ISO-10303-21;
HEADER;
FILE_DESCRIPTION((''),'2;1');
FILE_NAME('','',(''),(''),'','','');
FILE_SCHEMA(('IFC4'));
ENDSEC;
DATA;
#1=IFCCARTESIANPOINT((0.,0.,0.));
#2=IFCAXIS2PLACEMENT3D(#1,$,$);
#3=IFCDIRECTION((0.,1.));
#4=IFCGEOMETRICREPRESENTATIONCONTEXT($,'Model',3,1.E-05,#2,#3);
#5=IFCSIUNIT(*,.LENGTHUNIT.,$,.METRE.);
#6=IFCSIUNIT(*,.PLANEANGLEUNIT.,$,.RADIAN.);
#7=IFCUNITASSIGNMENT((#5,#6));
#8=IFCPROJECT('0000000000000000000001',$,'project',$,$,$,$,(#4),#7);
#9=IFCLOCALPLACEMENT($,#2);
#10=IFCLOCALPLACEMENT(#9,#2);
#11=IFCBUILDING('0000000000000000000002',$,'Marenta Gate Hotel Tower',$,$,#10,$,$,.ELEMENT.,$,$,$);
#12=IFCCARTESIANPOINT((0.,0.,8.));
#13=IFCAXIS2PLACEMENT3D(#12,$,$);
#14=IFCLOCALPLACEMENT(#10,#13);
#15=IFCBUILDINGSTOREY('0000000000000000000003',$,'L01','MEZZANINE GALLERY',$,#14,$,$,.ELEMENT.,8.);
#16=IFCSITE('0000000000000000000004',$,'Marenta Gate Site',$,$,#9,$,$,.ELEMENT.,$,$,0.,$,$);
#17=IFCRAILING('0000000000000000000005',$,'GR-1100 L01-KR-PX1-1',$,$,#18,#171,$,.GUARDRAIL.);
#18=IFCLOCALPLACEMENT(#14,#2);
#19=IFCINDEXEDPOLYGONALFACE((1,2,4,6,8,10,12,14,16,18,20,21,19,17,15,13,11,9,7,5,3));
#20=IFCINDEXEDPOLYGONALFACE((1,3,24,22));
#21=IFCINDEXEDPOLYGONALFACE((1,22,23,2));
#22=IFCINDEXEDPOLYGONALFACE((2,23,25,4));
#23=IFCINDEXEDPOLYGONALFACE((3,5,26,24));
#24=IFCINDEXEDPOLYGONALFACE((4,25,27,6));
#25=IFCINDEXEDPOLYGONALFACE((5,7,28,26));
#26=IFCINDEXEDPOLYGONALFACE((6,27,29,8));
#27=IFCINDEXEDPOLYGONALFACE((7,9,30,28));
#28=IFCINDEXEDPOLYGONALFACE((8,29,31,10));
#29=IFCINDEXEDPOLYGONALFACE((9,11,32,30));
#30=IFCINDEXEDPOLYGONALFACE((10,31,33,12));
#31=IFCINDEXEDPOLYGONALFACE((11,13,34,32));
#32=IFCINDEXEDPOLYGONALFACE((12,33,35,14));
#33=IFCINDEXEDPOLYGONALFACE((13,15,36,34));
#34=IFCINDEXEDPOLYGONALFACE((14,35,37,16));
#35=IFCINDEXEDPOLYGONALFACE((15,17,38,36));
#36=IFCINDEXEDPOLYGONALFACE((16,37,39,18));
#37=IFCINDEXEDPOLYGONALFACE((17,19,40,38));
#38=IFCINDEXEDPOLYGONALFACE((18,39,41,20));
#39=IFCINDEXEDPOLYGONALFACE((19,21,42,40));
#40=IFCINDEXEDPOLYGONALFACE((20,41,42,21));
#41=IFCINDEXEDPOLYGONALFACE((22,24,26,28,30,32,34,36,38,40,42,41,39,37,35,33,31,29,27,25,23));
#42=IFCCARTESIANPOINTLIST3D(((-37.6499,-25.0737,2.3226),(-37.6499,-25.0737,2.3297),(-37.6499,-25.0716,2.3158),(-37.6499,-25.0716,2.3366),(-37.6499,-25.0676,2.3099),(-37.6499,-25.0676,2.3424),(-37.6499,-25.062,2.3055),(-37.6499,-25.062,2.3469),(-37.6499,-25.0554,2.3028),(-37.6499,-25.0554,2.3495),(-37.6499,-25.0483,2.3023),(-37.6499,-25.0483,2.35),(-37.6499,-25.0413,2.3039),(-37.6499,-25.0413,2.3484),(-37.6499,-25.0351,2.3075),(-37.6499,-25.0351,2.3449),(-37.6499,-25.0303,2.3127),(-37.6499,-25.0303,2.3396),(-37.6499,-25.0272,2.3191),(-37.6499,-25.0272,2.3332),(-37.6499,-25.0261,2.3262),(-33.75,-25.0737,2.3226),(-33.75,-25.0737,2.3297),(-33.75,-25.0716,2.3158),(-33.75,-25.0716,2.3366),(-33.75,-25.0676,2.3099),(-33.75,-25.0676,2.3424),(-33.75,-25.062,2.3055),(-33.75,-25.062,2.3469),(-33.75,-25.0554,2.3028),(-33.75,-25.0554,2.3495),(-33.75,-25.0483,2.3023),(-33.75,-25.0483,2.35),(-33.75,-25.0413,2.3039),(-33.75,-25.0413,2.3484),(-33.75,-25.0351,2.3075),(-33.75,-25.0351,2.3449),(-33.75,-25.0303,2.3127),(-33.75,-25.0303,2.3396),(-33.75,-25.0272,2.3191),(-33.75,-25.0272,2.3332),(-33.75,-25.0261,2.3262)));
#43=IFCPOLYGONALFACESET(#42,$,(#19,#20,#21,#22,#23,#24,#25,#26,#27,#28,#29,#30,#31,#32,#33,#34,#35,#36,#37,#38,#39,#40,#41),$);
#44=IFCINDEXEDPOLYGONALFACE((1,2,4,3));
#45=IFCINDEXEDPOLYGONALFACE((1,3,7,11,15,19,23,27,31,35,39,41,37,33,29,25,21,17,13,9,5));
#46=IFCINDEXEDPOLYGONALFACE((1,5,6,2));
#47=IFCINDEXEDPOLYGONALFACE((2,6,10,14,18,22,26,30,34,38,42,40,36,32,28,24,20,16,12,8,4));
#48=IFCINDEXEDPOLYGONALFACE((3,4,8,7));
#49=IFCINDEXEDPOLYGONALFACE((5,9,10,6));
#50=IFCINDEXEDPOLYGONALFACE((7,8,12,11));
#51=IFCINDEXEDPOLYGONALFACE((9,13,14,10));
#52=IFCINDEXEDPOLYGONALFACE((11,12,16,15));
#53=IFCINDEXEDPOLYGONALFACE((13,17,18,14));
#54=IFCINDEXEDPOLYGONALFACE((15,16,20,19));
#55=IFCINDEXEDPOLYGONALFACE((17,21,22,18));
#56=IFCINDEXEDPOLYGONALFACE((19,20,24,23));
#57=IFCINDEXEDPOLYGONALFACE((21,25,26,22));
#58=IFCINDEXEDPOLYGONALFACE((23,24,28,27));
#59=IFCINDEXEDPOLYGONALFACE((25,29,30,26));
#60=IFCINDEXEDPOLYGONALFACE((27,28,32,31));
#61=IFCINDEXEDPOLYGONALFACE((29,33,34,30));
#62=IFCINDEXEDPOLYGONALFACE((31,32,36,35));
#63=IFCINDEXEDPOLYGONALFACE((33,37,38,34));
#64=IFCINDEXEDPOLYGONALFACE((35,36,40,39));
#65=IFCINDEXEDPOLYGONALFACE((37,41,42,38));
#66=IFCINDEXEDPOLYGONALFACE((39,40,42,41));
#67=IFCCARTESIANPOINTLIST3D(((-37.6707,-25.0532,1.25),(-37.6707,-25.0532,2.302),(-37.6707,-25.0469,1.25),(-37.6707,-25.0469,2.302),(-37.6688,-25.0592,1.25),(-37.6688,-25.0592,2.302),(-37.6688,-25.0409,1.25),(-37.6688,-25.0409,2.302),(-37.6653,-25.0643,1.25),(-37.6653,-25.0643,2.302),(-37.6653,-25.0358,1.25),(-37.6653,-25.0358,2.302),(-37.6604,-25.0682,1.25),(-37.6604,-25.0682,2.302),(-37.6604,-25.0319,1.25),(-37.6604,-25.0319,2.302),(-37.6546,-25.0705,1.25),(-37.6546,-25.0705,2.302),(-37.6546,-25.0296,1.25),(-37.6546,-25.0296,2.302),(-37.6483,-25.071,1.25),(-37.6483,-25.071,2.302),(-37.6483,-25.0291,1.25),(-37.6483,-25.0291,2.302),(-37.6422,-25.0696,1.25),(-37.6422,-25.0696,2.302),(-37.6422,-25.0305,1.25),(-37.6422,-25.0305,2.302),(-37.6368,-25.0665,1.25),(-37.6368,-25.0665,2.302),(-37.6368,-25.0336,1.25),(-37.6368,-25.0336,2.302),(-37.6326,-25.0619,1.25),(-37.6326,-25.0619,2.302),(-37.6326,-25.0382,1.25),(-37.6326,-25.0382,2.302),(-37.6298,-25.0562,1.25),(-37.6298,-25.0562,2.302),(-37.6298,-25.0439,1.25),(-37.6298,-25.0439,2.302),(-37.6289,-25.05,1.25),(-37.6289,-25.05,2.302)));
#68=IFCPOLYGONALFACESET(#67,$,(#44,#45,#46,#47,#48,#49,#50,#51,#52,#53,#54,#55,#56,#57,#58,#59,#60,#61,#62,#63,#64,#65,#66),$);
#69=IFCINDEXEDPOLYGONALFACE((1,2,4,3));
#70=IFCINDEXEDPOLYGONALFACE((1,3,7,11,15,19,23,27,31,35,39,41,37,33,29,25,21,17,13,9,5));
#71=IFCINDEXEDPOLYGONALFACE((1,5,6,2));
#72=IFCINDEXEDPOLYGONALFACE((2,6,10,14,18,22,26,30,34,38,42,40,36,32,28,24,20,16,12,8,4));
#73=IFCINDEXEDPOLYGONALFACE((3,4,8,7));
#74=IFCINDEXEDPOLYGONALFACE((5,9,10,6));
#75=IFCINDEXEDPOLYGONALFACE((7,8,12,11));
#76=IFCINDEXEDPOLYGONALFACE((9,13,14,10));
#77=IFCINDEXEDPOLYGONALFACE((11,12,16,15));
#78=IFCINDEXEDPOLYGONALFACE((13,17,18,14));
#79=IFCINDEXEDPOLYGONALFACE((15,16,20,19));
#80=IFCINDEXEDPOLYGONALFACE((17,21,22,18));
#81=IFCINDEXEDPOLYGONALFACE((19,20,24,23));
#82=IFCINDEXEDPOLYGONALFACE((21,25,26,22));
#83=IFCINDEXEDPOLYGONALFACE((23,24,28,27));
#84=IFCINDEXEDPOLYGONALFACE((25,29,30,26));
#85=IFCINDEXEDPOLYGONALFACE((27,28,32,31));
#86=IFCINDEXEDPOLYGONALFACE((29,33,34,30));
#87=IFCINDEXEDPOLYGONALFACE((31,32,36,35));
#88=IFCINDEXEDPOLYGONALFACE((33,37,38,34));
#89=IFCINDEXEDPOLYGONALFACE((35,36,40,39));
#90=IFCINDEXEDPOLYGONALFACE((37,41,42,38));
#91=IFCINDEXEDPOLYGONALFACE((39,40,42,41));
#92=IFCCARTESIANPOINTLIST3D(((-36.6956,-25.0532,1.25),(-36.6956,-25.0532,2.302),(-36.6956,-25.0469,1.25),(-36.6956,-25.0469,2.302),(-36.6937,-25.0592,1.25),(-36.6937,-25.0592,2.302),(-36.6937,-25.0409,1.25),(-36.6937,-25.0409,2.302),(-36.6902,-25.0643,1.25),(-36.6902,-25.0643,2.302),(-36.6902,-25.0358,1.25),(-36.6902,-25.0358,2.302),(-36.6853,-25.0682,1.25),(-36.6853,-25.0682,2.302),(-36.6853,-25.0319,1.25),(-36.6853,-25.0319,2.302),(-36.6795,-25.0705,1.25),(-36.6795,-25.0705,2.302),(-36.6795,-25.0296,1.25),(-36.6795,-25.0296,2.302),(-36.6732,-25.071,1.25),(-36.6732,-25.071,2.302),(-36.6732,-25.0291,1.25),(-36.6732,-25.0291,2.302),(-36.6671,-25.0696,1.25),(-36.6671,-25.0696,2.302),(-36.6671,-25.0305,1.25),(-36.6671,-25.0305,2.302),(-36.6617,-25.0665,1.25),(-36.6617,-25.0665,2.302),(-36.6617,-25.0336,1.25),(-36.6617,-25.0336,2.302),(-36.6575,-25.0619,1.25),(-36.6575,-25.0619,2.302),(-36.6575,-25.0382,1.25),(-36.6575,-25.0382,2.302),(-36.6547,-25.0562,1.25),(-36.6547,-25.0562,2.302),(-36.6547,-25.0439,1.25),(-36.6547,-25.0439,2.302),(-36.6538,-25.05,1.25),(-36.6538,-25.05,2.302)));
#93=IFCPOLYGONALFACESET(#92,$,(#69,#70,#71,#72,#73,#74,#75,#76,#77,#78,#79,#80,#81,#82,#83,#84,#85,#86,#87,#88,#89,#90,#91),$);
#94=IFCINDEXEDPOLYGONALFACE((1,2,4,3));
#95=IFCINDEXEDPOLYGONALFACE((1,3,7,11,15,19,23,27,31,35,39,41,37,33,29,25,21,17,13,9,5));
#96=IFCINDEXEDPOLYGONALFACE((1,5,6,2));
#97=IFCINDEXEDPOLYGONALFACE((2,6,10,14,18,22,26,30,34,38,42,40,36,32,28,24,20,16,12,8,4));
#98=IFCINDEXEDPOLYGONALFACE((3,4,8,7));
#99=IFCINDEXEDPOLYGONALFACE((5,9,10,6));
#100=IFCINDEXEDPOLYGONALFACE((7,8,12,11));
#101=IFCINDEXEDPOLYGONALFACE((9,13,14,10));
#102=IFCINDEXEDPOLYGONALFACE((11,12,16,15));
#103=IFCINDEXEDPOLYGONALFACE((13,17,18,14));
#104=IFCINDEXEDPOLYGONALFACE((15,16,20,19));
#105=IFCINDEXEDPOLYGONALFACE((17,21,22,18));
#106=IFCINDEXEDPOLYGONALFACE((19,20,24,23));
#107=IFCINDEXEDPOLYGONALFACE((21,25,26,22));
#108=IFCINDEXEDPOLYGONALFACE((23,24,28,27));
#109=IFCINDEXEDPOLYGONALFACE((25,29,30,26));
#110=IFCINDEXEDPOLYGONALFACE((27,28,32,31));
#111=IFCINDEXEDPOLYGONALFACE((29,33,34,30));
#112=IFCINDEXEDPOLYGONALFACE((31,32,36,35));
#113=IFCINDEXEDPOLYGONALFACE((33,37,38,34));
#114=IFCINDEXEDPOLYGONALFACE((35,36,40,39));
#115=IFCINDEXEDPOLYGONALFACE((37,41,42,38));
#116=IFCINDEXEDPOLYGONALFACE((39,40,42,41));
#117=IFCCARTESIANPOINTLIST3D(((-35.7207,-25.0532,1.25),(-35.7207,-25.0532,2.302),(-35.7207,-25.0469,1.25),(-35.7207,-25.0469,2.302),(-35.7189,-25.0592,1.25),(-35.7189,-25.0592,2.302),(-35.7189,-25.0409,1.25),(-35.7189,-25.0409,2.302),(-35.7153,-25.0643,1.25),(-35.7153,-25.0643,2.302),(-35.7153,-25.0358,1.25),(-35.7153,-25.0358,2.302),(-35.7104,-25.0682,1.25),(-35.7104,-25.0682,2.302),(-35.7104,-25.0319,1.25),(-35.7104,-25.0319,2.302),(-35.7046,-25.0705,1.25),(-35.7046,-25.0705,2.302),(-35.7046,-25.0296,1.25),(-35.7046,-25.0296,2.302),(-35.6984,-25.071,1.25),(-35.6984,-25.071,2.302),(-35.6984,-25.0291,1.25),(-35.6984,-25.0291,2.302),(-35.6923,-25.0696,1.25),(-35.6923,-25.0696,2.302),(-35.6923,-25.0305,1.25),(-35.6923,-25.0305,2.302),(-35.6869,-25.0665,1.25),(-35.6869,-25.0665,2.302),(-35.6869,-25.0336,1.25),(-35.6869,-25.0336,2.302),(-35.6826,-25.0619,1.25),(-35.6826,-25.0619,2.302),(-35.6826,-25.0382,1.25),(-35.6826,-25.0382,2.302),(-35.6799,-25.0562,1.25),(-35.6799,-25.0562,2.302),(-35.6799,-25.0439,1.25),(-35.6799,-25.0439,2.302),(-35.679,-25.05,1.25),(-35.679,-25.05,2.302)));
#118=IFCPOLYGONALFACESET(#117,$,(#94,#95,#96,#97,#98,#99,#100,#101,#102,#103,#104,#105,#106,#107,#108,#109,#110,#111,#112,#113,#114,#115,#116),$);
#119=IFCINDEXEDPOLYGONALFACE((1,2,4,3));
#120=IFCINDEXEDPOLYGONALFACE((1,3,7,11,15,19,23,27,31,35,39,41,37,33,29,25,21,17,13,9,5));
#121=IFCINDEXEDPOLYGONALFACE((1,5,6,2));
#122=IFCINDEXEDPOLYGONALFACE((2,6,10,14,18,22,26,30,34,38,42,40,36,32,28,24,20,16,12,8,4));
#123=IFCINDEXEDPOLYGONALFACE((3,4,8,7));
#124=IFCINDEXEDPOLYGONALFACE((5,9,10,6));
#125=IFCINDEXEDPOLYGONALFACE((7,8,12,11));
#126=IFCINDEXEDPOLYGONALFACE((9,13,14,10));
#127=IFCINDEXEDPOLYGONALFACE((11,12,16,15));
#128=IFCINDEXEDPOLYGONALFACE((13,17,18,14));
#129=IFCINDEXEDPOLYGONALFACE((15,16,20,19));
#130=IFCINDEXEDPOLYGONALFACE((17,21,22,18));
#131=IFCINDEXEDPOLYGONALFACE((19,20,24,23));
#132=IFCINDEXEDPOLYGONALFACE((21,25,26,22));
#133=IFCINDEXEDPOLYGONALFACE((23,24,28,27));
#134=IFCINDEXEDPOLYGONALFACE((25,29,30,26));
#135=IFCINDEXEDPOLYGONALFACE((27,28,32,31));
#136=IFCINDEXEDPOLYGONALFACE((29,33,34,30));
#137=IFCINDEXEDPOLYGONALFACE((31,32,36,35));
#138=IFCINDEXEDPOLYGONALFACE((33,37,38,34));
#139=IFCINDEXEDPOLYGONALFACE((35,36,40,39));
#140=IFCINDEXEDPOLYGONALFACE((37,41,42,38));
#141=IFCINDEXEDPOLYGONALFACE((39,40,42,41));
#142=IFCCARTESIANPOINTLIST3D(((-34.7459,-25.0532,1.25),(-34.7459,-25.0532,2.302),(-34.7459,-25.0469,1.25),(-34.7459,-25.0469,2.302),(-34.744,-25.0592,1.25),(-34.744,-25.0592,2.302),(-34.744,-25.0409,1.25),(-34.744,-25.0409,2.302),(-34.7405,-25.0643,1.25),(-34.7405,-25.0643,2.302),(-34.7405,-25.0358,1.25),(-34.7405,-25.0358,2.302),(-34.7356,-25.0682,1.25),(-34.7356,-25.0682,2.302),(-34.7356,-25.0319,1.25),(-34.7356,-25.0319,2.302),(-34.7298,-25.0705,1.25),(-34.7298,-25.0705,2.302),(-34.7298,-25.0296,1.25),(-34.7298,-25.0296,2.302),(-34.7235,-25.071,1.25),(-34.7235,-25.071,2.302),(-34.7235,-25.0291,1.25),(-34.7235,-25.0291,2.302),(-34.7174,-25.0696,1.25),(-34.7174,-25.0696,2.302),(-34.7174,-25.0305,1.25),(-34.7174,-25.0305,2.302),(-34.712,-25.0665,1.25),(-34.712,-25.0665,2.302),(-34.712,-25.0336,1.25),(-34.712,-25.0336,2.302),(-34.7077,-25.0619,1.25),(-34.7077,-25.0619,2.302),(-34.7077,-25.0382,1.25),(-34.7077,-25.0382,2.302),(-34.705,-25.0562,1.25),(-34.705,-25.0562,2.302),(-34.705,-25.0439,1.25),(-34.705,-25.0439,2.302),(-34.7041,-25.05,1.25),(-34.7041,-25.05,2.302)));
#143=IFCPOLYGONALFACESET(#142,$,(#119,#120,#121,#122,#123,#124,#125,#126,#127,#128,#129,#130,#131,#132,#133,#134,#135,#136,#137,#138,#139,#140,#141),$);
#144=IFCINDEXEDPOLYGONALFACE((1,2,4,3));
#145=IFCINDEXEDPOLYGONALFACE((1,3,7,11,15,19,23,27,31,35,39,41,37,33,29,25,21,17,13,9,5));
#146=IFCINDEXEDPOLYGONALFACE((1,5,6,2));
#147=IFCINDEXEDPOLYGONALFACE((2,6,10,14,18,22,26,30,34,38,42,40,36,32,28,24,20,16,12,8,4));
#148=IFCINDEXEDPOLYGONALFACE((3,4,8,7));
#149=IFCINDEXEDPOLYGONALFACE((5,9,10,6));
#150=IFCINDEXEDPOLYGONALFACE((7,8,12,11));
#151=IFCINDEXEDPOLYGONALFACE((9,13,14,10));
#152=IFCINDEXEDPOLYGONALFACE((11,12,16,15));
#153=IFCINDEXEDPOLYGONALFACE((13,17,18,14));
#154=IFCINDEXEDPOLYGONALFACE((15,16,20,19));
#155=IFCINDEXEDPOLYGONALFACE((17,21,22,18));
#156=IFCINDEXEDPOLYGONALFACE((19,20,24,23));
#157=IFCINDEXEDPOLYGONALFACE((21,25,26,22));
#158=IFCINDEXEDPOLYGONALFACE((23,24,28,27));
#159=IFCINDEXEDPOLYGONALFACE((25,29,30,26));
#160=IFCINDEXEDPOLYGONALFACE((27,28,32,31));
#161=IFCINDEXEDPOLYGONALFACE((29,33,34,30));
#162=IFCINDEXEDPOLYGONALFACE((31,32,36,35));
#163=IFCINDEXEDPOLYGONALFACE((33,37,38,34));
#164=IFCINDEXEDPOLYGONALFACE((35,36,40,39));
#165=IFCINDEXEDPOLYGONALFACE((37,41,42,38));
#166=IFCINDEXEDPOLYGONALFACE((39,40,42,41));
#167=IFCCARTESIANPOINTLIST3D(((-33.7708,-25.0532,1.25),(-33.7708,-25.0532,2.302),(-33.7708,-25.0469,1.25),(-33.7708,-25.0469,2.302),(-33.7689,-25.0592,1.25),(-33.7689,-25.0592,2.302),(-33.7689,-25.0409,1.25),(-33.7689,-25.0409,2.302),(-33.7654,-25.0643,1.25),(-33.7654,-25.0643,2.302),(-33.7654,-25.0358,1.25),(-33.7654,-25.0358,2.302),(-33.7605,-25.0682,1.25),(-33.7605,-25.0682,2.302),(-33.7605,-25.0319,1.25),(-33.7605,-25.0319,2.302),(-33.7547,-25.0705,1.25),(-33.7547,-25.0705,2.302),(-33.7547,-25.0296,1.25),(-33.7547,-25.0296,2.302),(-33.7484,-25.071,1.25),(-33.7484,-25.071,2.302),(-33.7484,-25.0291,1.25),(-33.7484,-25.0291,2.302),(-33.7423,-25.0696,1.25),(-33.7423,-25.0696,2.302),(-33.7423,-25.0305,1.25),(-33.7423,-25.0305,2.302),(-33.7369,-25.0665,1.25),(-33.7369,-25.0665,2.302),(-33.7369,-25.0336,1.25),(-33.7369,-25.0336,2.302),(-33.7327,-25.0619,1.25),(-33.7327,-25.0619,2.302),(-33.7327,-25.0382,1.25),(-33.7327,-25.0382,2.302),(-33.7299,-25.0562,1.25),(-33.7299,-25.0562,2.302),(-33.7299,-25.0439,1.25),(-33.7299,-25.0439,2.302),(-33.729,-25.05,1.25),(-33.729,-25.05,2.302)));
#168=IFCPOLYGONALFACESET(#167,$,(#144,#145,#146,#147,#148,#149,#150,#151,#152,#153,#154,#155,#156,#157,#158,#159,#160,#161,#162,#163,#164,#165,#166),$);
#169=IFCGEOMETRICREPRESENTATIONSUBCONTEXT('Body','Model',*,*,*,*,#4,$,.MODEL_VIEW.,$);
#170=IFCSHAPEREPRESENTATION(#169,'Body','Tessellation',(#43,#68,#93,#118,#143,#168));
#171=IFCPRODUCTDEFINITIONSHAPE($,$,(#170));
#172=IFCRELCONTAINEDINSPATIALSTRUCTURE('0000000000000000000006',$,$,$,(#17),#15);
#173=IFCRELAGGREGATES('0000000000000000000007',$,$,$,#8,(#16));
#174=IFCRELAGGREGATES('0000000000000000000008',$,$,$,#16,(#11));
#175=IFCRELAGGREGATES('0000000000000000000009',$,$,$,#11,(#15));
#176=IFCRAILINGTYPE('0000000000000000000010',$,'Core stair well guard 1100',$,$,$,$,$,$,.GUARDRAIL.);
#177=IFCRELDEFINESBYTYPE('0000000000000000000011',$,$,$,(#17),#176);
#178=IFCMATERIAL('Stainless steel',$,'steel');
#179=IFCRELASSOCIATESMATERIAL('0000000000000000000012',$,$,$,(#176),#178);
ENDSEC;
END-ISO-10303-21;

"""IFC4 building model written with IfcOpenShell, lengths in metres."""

from ifc_helpers import new_model, si_unit, direction, frame, origin, origin_2d, place, context, subcontext, project, spatial, circle, extrude, material, type_object, element, save


model = new_model("IFC4")

# Units and contexts
model_context = context("Model", 3, precision=1e-05, world=origin(), true_north=direction((0.0, 1.0)))
body_context = subcontext(model_context, "Body", "Model", "MODEL_VIEW")
ifc_project = project(units=[si_unit("LENGTHUNIT", "METRE"), si_unit("PLANEANGLEUNIT", "RADIAN")], contexts=[model_context])

# Site, building, storey
site_placement = place(None, origin())
site = spatial("IfcSite", under=ifc_project, at=site_placement, Name="Marenta Gate Site", CompositionType="ELEMENT", RefElevation=0.0)
building_placement = place(site_placement, origin())
building = spatial("IfcBuilding", under=site, at=building_placement, Name="Marenta Gate Hotel Tower", CompositionType="ELEMENT")
storey_placement = place(building_placement, frame((0.0, 0.0, 8.0)))
storey = spatial("IfcBuildingStorey", under=building, at=storey_placement, Name="L01", Description="MEZZANINE GALLERY", CompositionType="ELEMENT", Elevation=8.0)

# Railing
ifc_material_1 = material(Name="Stainless steel", Category="steel")
railing_type_1 = type_object("IfcRailingType", Name="Core stair well guard 1100", PredefinedType="GUARDRAIL", material=ifc_material_1)
for number, where, name in (
    (1, (-37.6499, -25.05, 1.25), "GR-1100 L01-KR-PX1-1"),
):
    element("IfcRailing", number, at=place(storey_placement, frame(where)), inside=storey, type_object=railing_type_1, Name=name, PredefinedType="GUARDRAIL", context=body_context, shape_type="SweptSolid", body=[
        extrude(circle(Radius=0.0239, at=origin_2d()), frame((0.0, 0.0, 1.0762), z_axis=(1.0, 0.0, 0.0), x_axis=(0.0, 1.0, 0.0)), (0.0, 0.0, 1.0), 3.8999),
        extrude(circle(Radius=0.021, at=origin_2d()), origin(), (0.0, 0.0, 1.0), 1.052),
        extrude(circle(Radius=0.021, at=origin_2d()), frame((0.9751, 0.0, 0.0)), (0.0, 0.0, 1.0), 1.052),
        extrude(circle(Radius=0.021, at=origin_2d()), frame((1.95, 0.0, 0.0)), (0.0, 0.0, 1.0), 1.052),
        extrude(circle(Radius=0.021, at=origin_2d()), frame((2.9248, 0.0, 0.0)), (0.0, 0.0, 1.0), 1.052),
        extrude(circle(Radius=0.021, at=origin_2d()), frame((3.8999, 0.0, 0.0)), (0.0, 0.0, 1.0), 1.052),
    ])

save(model, "model.ifc")
